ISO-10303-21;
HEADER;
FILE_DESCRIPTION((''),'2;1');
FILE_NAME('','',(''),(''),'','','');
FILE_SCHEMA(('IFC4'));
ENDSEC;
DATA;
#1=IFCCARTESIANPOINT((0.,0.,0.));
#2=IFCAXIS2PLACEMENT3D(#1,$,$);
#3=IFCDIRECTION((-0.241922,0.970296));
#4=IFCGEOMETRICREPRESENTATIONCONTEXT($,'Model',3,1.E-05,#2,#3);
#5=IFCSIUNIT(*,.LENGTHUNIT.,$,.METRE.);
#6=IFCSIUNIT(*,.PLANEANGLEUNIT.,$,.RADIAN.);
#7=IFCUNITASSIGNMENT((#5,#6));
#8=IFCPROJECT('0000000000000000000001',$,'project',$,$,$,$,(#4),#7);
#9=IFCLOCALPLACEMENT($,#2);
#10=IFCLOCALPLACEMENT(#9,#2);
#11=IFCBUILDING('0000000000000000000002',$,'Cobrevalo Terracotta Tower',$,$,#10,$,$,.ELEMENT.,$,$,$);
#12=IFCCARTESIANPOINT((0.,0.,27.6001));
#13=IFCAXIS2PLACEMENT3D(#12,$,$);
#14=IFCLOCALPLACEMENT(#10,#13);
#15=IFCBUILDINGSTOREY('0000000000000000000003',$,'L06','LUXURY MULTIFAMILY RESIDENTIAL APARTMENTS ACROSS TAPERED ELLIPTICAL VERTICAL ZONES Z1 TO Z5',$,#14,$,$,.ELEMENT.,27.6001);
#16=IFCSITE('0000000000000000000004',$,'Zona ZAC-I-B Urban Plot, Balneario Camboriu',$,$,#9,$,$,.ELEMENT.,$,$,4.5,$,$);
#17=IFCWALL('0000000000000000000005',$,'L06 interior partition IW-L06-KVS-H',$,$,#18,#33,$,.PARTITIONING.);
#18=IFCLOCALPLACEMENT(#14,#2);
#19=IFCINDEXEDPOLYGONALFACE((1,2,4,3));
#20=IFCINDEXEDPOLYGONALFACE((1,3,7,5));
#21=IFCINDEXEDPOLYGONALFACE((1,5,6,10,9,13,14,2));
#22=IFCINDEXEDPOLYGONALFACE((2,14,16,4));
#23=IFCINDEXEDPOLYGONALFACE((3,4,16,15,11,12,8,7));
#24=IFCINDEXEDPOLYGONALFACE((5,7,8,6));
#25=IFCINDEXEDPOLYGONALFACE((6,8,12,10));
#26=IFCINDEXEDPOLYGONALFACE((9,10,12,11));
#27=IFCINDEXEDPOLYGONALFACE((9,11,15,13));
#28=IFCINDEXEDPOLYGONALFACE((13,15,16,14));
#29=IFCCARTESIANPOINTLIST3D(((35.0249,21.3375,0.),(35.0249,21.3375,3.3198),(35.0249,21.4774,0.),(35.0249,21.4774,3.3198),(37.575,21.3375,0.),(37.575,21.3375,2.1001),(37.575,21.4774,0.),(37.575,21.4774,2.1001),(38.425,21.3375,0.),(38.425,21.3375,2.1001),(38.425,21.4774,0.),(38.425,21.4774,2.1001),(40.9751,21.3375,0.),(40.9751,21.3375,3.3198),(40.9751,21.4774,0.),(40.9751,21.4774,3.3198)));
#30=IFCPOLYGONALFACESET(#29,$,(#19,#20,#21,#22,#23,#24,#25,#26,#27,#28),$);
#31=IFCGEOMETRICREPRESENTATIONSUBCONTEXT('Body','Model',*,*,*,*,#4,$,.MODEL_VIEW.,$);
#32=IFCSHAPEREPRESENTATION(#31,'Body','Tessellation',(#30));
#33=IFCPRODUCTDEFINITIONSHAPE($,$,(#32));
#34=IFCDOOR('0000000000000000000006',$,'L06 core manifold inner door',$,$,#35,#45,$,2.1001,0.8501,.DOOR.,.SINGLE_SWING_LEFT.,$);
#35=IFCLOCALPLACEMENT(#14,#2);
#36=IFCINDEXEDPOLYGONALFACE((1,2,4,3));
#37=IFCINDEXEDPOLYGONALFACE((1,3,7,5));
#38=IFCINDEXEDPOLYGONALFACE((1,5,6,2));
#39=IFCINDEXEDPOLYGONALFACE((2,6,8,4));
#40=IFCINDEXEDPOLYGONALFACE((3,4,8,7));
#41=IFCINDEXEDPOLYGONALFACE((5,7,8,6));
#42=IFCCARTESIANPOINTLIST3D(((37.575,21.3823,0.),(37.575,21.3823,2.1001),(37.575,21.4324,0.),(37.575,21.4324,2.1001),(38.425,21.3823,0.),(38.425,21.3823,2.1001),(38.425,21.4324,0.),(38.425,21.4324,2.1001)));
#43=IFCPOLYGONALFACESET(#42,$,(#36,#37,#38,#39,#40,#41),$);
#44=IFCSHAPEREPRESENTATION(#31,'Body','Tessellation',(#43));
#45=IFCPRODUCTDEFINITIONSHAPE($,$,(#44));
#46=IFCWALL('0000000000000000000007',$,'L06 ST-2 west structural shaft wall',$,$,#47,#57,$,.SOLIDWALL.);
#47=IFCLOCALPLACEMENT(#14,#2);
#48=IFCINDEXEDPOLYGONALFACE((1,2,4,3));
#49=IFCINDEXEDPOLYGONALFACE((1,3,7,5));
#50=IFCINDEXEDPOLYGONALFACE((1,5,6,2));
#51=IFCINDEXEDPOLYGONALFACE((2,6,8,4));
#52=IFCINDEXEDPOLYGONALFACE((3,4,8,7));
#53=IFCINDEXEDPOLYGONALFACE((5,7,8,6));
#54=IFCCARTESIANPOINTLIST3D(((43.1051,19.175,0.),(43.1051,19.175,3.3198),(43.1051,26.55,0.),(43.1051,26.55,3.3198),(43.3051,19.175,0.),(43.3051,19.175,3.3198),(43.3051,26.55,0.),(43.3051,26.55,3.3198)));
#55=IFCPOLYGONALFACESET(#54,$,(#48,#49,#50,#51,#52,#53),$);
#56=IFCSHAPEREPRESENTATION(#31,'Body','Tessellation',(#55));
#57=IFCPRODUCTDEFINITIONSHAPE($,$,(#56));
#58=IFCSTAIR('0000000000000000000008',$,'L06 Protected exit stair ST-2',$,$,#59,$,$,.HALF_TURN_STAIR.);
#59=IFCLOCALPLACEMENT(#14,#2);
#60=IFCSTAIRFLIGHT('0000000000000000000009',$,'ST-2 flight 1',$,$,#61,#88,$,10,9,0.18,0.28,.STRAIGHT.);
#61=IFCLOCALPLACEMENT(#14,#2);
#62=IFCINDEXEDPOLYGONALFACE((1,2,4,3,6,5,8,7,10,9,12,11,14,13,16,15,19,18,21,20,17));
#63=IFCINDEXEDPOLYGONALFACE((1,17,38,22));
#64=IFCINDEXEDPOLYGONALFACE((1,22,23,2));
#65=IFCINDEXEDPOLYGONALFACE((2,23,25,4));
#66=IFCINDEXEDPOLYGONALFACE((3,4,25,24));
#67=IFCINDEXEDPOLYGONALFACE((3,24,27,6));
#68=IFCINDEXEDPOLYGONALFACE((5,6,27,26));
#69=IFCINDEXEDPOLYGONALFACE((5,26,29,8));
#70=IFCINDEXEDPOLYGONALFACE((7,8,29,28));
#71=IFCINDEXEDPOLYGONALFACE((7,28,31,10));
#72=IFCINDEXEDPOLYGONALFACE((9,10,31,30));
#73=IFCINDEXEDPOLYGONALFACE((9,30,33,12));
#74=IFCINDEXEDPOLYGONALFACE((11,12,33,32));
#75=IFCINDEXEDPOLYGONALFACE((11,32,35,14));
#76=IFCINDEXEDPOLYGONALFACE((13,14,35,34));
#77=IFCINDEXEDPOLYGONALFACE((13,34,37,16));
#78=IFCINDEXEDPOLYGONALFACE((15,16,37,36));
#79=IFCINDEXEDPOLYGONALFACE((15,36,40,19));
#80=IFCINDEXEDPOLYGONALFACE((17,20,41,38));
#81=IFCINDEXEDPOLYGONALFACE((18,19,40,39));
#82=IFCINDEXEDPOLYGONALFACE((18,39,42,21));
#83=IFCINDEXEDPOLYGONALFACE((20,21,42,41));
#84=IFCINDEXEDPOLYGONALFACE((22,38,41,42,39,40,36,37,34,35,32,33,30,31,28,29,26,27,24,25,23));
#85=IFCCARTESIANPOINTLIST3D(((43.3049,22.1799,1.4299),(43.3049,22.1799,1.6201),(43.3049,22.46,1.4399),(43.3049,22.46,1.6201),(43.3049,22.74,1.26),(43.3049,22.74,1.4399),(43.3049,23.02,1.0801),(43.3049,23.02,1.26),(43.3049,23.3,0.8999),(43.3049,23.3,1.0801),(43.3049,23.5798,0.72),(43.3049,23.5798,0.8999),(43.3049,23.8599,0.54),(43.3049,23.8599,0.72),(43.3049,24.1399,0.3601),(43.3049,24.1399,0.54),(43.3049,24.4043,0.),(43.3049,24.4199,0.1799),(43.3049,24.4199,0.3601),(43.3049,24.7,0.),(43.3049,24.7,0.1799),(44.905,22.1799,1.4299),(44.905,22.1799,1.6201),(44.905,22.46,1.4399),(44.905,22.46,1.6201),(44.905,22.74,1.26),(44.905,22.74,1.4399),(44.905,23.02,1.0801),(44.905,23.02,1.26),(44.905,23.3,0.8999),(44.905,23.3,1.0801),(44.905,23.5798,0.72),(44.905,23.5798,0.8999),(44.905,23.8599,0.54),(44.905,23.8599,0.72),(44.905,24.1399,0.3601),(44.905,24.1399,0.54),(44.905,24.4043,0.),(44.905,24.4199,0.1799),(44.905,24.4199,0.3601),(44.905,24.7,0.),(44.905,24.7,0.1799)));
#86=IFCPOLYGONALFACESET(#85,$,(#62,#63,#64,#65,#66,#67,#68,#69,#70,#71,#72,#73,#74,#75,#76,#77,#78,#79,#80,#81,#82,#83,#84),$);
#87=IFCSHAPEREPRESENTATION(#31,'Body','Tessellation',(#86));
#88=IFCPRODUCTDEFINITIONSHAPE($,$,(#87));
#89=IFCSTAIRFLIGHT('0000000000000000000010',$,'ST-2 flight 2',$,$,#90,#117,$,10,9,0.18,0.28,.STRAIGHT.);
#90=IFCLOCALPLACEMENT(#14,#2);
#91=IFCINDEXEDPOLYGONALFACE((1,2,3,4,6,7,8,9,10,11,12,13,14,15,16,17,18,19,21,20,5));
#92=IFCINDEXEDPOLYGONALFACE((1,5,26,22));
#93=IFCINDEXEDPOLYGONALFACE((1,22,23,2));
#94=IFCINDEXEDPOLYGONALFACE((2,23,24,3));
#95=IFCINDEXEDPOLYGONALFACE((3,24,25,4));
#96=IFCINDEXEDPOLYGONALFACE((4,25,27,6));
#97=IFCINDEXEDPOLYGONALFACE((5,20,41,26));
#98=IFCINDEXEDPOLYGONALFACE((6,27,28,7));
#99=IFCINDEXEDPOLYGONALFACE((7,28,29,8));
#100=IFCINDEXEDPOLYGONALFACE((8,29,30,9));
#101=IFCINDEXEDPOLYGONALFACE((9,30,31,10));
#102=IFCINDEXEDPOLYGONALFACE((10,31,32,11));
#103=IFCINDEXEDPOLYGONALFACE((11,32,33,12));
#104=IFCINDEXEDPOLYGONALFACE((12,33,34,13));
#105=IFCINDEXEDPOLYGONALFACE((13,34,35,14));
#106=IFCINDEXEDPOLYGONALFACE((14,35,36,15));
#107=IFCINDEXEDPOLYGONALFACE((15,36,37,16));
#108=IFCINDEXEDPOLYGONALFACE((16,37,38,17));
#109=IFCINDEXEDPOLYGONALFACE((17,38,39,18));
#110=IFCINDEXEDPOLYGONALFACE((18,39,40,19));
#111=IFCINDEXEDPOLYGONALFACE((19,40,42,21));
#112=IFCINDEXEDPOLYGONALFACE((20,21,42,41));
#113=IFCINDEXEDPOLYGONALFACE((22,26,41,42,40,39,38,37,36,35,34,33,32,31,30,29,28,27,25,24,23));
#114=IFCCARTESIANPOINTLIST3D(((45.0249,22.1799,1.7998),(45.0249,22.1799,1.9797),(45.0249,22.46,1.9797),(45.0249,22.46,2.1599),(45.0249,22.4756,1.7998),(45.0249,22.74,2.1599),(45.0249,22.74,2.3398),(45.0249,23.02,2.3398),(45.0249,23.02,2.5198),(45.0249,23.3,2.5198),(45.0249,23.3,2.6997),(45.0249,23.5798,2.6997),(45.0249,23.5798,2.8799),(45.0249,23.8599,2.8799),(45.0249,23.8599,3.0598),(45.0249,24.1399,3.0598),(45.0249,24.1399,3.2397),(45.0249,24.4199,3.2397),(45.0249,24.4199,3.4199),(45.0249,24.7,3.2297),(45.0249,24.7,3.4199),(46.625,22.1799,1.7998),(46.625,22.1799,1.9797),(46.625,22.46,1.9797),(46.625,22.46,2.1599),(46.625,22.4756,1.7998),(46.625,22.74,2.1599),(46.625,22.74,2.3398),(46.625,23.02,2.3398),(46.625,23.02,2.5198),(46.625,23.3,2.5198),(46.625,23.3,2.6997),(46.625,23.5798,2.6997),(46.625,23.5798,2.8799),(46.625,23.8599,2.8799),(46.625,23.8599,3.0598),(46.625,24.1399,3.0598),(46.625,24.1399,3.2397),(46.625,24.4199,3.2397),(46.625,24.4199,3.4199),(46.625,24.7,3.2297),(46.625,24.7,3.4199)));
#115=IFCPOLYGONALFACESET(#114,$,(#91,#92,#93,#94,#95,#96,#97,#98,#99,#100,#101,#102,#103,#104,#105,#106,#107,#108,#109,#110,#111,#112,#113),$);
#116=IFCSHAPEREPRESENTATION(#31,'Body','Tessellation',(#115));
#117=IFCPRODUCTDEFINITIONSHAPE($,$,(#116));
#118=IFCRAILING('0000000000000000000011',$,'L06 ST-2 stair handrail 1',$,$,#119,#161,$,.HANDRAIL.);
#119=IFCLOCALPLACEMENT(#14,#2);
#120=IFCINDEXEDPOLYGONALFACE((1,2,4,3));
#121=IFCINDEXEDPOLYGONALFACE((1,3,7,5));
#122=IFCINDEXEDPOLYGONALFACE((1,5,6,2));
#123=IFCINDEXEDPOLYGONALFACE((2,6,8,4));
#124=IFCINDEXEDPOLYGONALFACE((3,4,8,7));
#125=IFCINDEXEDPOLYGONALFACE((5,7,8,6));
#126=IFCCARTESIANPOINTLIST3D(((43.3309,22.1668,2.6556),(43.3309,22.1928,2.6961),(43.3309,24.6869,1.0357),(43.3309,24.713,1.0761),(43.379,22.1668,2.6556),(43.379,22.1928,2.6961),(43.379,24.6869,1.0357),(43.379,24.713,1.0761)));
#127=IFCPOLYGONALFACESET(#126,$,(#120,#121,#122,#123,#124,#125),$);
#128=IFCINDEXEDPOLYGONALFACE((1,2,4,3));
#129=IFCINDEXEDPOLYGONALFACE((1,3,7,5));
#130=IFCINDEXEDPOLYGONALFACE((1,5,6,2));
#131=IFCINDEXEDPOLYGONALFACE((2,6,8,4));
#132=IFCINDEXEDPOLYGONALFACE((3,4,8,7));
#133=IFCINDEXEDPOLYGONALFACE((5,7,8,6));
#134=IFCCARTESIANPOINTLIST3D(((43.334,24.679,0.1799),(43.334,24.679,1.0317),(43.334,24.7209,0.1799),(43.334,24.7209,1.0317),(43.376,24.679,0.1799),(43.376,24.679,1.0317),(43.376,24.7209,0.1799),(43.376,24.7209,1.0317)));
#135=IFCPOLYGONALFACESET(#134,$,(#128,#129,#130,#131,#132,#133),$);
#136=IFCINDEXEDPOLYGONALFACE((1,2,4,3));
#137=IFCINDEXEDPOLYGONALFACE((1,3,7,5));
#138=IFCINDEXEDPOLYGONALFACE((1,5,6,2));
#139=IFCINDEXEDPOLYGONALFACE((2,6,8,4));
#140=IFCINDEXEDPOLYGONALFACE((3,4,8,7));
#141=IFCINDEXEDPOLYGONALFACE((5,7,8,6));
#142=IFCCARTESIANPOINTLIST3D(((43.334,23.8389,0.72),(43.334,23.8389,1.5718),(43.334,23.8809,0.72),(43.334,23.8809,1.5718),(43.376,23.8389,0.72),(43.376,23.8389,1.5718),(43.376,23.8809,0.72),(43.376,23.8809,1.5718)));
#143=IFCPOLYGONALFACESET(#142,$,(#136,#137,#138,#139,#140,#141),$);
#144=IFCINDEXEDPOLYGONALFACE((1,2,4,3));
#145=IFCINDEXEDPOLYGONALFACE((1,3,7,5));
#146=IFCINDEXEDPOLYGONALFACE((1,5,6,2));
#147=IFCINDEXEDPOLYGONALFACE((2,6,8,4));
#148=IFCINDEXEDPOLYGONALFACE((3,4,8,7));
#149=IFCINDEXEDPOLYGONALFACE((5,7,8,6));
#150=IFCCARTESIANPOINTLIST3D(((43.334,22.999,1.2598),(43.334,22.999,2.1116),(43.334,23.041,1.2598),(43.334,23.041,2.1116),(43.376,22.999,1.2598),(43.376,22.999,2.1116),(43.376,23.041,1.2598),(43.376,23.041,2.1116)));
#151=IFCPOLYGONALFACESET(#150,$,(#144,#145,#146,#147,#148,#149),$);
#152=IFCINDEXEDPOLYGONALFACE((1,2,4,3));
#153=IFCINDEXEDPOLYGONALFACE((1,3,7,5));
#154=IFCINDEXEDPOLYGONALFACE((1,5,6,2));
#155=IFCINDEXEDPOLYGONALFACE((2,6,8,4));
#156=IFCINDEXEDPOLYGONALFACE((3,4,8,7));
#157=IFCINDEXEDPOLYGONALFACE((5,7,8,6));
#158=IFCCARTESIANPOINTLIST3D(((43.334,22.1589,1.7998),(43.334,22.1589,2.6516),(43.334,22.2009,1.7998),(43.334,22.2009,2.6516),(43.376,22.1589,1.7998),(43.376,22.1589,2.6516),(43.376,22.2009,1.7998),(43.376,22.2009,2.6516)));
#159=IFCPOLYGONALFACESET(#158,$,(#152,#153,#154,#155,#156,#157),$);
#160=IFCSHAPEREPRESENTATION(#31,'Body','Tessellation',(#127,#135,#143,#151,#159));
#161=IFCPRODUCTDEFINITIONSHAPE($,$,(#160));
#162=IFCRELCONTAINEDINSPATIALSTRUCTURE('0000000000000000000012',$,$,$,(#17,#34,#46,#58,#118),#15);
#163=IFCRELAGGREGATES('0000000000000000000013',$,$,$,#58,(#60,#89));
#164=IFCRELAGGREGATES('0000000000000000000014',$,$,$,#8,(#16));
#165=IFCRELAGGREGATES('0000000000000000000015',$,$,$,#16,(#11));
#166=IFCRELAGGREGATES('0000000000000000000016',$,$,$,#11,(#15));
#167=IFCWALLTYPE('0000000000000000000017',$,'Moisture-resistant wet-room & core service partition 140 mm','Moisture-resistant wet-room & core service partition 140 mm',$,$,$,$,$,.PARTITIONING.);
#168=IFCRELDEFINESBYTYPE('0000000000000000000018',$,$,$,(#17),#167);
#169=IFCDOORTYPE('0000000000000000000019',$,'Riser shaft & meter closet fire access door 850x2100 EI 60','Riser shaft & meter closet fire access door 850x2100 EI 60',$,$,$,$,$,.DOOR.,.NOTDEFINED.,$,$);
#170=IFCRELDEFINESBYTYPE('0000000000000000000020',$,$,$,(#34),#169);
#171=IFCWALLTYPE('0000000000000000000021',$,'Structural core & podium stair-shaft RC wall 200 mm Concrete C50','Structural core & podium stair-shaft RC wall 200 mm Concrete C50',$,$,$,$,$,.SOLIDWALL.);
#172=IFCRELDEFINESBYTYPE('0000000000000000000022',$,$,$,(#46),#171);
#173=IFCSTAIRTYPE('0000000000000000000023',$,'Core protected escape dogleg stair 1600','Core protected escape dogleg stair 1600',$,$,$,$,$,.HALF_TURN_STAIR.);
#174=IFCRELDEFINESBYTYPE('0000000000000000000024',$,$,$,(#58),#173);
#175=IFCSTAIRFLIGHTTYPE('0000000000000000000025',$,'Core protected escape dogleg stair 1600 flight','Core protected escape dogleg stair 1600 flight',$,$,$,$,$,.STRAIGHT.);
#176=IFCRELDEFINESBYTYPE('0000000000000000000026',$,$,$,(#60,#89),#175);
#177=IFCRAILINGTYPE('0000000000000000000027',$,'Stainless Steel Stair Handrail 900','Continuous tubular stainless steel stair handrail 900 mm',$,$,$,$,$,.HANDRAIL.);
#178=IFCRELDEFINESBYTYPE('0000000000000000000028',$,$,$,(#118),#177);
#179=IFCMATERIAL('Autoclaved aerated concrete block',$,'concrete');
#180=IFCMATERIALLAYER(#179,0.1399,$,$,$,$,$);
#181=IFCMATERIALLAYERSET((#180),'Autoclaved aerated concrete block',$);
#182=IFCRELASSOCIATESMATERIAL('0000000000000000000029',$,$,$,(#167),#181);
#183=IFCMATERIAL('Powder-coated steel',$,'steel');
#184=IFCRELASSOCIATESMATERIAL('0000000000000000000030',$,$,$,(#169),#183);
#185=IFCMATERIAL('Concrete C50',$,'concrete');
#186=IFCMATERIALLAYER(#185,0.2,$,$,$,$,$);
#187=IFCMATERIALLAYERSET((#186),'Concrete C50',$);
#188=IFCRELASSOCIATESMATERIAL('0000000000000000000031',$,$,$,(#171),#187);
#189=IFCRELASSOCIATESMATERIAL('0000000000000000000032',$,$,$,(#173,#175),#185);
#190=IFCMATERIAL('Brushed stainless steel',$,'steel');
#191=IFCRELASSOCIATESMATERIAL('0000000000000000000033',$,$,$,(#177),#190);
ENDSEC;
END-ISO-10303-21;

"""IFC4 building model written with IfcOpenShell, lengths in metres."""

from ifc_helpers import new_model, si_unit, direction, frame, frame_2d, origin, origin_2d, place, context, subcontext, project, spatial, polyline, rectangle, outline, extrude, source, transform, mapped, material, layer, layer_set, type_object, element, fill, aggregate, save


model = new_model("IFC4")

# Units and contexts
model_context = context("Model", 3, precision=1e-05, world=origin(), true_north=direction((-0.241922, 0.970296)))
body_context = subcontext(model_context, "Body", "Model", "MODEL_VIEW")
ifc_project = project(units=[si_unit("LENGTHUNIT", "METRE"), si_unit("PLANEANGLEUNIT", "RADIAN")], contexts=[model_context])

# Site, building, storey
site_placement = place(None, origin())
site = spatial("IfcSite", under=ifc_project, at=site_placement, Name="Zona ZAC-I-B Urban Plot, Balneario Camboriu", CompositionType="ELEMENT", RefElevation=4.5)
building_placement = place(site_placement, origin())
building = spatial("IfcBuilding", under=site, at=building_placement, Name="Cobrevalo Terracotta Tower", CompositionType="ELEMENT")
storey_placement = place(building_placement, frame((0.0, 0.0, 27.6001)))
storey = spatial("IfcBuildingStorey", under=building, at=storey_placement, Name="L06", Description="LUXURY MULTIFAMILY RESIDENTIAL APARTMENTS ACROSS TAPERED ELLIPTICAL VERTICAL ZONES Z1 TO Z5", CompositionType="ELEMENT", Elevation=27.6001)

# Shared definitions
ifc_material_1 = material(Name="Autoclaved aerated concrete block", Category="concrete")

# Shared definitions
ifc_layer_1 = layer(ifc_material_1, 0.1399)
ifc_layer_set_1 = layer_set([ifc_layer_1], Name="Autoclaved aerated concrete block")
wall_type_1 = type_object("IfcWallType", Name="Moisture-resistant wet-room & core service partition 140 mm", Description="Moisture-resistant wet-room & core service partition 140 mm", PredefinedType="PARTITIONING", material=ifc_layer_set_1)

# Wall, opening, door
wall_1_placement = place(storey_placement, frame((35.0249, 21.4075, 0.0), z_axis=(0.0, 0.0, 1.0), x_axis=(1.0, 0.0, 0.0)))
wall_1 = element("IfcWall", 1, at=wall_1_placement, inside=storey, type_object=wall_type_1, Name="L06 interior partition IW-L06-KVS-H", PredefinedType="PARTITIONING", context=body_context, shape_type="SweptSolid", body=[
    extrude(rectangle(XDim=5.9502, YDim=0.1399, at=frame_2d((2.9751, 0.0))), origin(), (0.0, 0.0, 1.0), 3.3198),
])
opening_1_placement = place(wall_1_placement, frame((2.55, 0.0, 0.0)))
opening_1 = element("IfcOpeningElement", 2, at=opening_1_placement, cuts=wall_1, PredefinedType="OPENING", context=body_context, shape_type="SweptSolid", body=[
    extrude(rectangle(XDim=0.8501, YDim=2.1001, at=frame_2d((0.425, 1.05))), frame((0.0, 0.0801, 0.0), z_axis=(0.0, -1.0, 0.0), x_axis=(1.0, 0.0, 0.0)), (0.0, 0.0, 1.0), 0.1599),
])
ifc_material_2 = material(Name="Powder-coated steel", Category="steel")
door_type_1 = type_object("IfcDoorType", Name="Riser shaft & meter closet fire access door 850x2100 EI 60", Description="Riser shaft & meter closet fire access door 850x2100 EI 60", OperationType="NOTDEFINED", PredefinedType="DOOR", material=ifc_material_2)
shared_shape_1 = source(origin(), body_context, "Body", "SweptSolid", [
    extrude(rectangle(XDim=0.8501, YDim=2.1001, at=frame_2d((0.425, 1.05))), frame((0.0, 0.0249, 0.0), z_axis=(0.0, -1.0, 0.0), x_axis=(1.0, 0.0, 0.0)), (0.0, 0.0, 1.0), 0.05),
])
door_1_placement = place(opening_1_placement, origin())
door_1 = element("IfcDoor", 3, at=door_1_placement, inside=storey, type_object=door_type_1, Name="L06 core manifold inner door", OperationType="SINGLE_SWING_LEFT", OverallHeight=2.1001, OverallWidth=0.8501, PredefinedType="DOOR", context=body_context, shape_type="MappedRepresentation", body=[
    mapped(shared_shape_1, transform((0.0, 0.0, 0.0), scale=1.0)),
])
fill(opening_1, door_1)

# Wall
ifc_material_3 = material(Name="Concrete C50", Category="concrete")
ifc_layer_2 = layer(ifc_material_3, 0.2)
ifc_layer_set_2 = layer_set([ifc_layer_2], Name="Concrete C50")
wall_type_2 = type_object("IfcWallType", Name="Structural core & podium stair-shaft RC wall 200 mm Concrete C50", Description="Structural core & podium stair-shaft RC wall 200 mm Concrete C50", PredefinedType="SOLIDWALL", material=ifc_layer_set_2)
wall_2_placement = place(storey_placement, frame((43.2051, 19.175, 0.0), z_axis=(0.0, 0.0, 1.0), x_axis=(0.0, 1.0, 0.0)))
element("IfcWall", 4, at=wall_2_placement, inside=storey, type_object=wall_type_2, Name="L06 ST-2 west structural shaft wall", PredefinedType="SOLIDWALL", context=body_context, shape_type="SweptSolid", body=[
    extrude(rectangle(XDim=7.375, YDim=0.2, at=frame_2d((3.6875, 0.0))), origin(), (0.0, 0.0, 1.0), 3.3198),
])

# Stair, stair flights
stair_type = type_object("IfcStairType", Name="Core protected escape dogleg stair 1600", Description="Core protected escape dogleg stair 1600", PredefinedType="HALF_TURN_STAIR", material=ifc_material_3)
stair_placement = place(storey_placement, origin())
stair = element("IfcStair", 5, at=stair_placement, inside=storey, type_object=stair_type, Name="L06 Protected exit stair ST-2", PredefinedType="HALF_TURN_STAIR")
stair_flight_type = type_object("IfcStairFlightType", Name="Core protected escape dogleg stair 1600 flight", Description="Core protected escape dogleg stair 1600 flight", PredefinedType="STRAIGHT", material=ifc_material_3)
stair_flight_1_placement = place(storey_placement, frame((44.105, 24.7, 0.0), z_axis=(0.0, 0.0, 1.0), x_axis=(0.0, -1.0, 0.0)))
stair_flight_1 = element("IfcStairFlight", 6, at=stair_flight_1_placement, type_object=stair_flight_type, Name="ST-2 flight 1", NumberOfRisers=10, NumberOfTreads=9, PredefinedType="STRAIGHT", RiserHeight=0.18, TreadLength=0.28, context=body_context, shape_type="SweptSolid", body=[
    extrude(outline(polyline([(0.0, 0.0), (0.0, 0.1799), (0.28, 0.1799), (0.28, 0.3601), (0.5601, 0.3601), (0.5601, 0.54), (0.8401, 0.54), (0.8401, 0.72), (1.1201, 0.72), (1.1201, 0.8999), (1.3999, 0.8999), (1.3999, 1.0801), (1.6799, 1.0801), (1.6799, 1.26), (1.96, 1.26), (1.96, 1.4399), (2.24, 1.4399), (2.24, 1.6201), (2.52, 1.6201), (2.52, 1.8), (2.52, 1.4299), (0.2957, 0.0), (0.0, 0.0)])), frame((0.0, 0.8, 0.0), z_axis=(0.0, -1.0, 0.0), x_axis=(1.0, 0.0, 0.0)), (0.0, 0.0, 1.0), 1.6001),
])
stair_flight_2_placement = place(storey_placement, frame((45.825, 22.1799, 1.7998), z_axis=(0.0, 0.0, 1.0), x_axis=(0.0, 1.0, 0.0)))
stair_flight_2 = element("IfcStairFlight", 7, at=stair_flight_2_placement, type_object=stair_flight_type, Name="ST-2 flight 2", NumberOfRisers=10, NumberOfTreads=9, PredefinedType="STRAIGHT", RiserHeight=0.18, TreadLength=0.28, context=body_context, shape_type="SweptSolid", body=[
    extrude(outline(polyline([(0.0, 0.0), (0.0, 0.1799), (0.28, 0.1799), (0.28, 0.3601), (0.5601, 0.3601), (0.5601, 0.54), (0.8401, 0.54), (0.8401, 0.72), (1.1201, 0.72), (1.1201, 0.8999), (1.3999, 0.8999), (1.3999, 1.0801), (1.6799, 1.0801), (1.6799, 1.26), (1.96, 1.26), (1.96, 1.4399), (2.24, 1.4399), (2.24, 1.6201), (2.52, 1.6201), (2.52, 1.8), (2.52, 1.4299), (0.2957, 0.0), (0.0, 0.0)])), frame((0.0, 0.8, 0.0), z_axis=(0.0, -1.0, 0.0), x_axis=(1.0, 0.0, 0.0)), (0.0, 0.0, 1.0), 1.6001),
])
aggregate(stair, [stair_flight_1, stair_flight_2])

# Railing
ifc_material_4 = material(Name="Brushed stainless steel", Category="steel")
railing_type_1 = type_object("IfcRailingType", Name="Stainless Steel Stair Handrail 900", Description="Continuous tubular stainless steel stair handrail 900 mm", PredefinedType="HANDRAIL", material=ifc_material_4)
railing_1_placement = place(storey_placement, frame((43.355, 24.7, 0.1799)))
element("IfcRailing", 8, at=railing_1_placement, inside=storey, type_object=railing_type_1, Name="L06 ST-2 stair handrail 1", PredefinedType="HANDRAIL", context=body_context, shape_type="SweptSolid", body=[
    extrude(rectangle(XDim=0.0481, YDim=0.0481, at=origin_2d()), frame((0.0, 0.0, 0.876), z_axis=(0.0, -0.8412, 0.540725), x_axis=(1.0, 0.0, 0.0)), (0.0, 0.0, 1.0), 2.9958),
    extrude(rectangle(XDim=0.042, YDim=0.042, at=origin_2d()), origin(), (0.0, 0.0, 1.0), 0.8518),
    extrude(rectangle(XDim=0.042, YDim=0.042, at=origin_2d()), frame((0.0, -0.8401, 0.54)), (0.0, 0.0, 1.0), 0.8518),
    extrude(rectangle(XDim=0.042, YDim=0.042, at=origin_2d()), frame((0.0, -1.6799, 1.0798)), (0.0, 0.0, 1.0), 0.8518),
    extrude(rectangle(XDim=0.042, YDim=0.042, at=origin_2d()), frame((0.0, -2.52, 1.6199)), (0.0, 0.0, 1.0), 0.8518),
])

save(model, "model.ifc")
